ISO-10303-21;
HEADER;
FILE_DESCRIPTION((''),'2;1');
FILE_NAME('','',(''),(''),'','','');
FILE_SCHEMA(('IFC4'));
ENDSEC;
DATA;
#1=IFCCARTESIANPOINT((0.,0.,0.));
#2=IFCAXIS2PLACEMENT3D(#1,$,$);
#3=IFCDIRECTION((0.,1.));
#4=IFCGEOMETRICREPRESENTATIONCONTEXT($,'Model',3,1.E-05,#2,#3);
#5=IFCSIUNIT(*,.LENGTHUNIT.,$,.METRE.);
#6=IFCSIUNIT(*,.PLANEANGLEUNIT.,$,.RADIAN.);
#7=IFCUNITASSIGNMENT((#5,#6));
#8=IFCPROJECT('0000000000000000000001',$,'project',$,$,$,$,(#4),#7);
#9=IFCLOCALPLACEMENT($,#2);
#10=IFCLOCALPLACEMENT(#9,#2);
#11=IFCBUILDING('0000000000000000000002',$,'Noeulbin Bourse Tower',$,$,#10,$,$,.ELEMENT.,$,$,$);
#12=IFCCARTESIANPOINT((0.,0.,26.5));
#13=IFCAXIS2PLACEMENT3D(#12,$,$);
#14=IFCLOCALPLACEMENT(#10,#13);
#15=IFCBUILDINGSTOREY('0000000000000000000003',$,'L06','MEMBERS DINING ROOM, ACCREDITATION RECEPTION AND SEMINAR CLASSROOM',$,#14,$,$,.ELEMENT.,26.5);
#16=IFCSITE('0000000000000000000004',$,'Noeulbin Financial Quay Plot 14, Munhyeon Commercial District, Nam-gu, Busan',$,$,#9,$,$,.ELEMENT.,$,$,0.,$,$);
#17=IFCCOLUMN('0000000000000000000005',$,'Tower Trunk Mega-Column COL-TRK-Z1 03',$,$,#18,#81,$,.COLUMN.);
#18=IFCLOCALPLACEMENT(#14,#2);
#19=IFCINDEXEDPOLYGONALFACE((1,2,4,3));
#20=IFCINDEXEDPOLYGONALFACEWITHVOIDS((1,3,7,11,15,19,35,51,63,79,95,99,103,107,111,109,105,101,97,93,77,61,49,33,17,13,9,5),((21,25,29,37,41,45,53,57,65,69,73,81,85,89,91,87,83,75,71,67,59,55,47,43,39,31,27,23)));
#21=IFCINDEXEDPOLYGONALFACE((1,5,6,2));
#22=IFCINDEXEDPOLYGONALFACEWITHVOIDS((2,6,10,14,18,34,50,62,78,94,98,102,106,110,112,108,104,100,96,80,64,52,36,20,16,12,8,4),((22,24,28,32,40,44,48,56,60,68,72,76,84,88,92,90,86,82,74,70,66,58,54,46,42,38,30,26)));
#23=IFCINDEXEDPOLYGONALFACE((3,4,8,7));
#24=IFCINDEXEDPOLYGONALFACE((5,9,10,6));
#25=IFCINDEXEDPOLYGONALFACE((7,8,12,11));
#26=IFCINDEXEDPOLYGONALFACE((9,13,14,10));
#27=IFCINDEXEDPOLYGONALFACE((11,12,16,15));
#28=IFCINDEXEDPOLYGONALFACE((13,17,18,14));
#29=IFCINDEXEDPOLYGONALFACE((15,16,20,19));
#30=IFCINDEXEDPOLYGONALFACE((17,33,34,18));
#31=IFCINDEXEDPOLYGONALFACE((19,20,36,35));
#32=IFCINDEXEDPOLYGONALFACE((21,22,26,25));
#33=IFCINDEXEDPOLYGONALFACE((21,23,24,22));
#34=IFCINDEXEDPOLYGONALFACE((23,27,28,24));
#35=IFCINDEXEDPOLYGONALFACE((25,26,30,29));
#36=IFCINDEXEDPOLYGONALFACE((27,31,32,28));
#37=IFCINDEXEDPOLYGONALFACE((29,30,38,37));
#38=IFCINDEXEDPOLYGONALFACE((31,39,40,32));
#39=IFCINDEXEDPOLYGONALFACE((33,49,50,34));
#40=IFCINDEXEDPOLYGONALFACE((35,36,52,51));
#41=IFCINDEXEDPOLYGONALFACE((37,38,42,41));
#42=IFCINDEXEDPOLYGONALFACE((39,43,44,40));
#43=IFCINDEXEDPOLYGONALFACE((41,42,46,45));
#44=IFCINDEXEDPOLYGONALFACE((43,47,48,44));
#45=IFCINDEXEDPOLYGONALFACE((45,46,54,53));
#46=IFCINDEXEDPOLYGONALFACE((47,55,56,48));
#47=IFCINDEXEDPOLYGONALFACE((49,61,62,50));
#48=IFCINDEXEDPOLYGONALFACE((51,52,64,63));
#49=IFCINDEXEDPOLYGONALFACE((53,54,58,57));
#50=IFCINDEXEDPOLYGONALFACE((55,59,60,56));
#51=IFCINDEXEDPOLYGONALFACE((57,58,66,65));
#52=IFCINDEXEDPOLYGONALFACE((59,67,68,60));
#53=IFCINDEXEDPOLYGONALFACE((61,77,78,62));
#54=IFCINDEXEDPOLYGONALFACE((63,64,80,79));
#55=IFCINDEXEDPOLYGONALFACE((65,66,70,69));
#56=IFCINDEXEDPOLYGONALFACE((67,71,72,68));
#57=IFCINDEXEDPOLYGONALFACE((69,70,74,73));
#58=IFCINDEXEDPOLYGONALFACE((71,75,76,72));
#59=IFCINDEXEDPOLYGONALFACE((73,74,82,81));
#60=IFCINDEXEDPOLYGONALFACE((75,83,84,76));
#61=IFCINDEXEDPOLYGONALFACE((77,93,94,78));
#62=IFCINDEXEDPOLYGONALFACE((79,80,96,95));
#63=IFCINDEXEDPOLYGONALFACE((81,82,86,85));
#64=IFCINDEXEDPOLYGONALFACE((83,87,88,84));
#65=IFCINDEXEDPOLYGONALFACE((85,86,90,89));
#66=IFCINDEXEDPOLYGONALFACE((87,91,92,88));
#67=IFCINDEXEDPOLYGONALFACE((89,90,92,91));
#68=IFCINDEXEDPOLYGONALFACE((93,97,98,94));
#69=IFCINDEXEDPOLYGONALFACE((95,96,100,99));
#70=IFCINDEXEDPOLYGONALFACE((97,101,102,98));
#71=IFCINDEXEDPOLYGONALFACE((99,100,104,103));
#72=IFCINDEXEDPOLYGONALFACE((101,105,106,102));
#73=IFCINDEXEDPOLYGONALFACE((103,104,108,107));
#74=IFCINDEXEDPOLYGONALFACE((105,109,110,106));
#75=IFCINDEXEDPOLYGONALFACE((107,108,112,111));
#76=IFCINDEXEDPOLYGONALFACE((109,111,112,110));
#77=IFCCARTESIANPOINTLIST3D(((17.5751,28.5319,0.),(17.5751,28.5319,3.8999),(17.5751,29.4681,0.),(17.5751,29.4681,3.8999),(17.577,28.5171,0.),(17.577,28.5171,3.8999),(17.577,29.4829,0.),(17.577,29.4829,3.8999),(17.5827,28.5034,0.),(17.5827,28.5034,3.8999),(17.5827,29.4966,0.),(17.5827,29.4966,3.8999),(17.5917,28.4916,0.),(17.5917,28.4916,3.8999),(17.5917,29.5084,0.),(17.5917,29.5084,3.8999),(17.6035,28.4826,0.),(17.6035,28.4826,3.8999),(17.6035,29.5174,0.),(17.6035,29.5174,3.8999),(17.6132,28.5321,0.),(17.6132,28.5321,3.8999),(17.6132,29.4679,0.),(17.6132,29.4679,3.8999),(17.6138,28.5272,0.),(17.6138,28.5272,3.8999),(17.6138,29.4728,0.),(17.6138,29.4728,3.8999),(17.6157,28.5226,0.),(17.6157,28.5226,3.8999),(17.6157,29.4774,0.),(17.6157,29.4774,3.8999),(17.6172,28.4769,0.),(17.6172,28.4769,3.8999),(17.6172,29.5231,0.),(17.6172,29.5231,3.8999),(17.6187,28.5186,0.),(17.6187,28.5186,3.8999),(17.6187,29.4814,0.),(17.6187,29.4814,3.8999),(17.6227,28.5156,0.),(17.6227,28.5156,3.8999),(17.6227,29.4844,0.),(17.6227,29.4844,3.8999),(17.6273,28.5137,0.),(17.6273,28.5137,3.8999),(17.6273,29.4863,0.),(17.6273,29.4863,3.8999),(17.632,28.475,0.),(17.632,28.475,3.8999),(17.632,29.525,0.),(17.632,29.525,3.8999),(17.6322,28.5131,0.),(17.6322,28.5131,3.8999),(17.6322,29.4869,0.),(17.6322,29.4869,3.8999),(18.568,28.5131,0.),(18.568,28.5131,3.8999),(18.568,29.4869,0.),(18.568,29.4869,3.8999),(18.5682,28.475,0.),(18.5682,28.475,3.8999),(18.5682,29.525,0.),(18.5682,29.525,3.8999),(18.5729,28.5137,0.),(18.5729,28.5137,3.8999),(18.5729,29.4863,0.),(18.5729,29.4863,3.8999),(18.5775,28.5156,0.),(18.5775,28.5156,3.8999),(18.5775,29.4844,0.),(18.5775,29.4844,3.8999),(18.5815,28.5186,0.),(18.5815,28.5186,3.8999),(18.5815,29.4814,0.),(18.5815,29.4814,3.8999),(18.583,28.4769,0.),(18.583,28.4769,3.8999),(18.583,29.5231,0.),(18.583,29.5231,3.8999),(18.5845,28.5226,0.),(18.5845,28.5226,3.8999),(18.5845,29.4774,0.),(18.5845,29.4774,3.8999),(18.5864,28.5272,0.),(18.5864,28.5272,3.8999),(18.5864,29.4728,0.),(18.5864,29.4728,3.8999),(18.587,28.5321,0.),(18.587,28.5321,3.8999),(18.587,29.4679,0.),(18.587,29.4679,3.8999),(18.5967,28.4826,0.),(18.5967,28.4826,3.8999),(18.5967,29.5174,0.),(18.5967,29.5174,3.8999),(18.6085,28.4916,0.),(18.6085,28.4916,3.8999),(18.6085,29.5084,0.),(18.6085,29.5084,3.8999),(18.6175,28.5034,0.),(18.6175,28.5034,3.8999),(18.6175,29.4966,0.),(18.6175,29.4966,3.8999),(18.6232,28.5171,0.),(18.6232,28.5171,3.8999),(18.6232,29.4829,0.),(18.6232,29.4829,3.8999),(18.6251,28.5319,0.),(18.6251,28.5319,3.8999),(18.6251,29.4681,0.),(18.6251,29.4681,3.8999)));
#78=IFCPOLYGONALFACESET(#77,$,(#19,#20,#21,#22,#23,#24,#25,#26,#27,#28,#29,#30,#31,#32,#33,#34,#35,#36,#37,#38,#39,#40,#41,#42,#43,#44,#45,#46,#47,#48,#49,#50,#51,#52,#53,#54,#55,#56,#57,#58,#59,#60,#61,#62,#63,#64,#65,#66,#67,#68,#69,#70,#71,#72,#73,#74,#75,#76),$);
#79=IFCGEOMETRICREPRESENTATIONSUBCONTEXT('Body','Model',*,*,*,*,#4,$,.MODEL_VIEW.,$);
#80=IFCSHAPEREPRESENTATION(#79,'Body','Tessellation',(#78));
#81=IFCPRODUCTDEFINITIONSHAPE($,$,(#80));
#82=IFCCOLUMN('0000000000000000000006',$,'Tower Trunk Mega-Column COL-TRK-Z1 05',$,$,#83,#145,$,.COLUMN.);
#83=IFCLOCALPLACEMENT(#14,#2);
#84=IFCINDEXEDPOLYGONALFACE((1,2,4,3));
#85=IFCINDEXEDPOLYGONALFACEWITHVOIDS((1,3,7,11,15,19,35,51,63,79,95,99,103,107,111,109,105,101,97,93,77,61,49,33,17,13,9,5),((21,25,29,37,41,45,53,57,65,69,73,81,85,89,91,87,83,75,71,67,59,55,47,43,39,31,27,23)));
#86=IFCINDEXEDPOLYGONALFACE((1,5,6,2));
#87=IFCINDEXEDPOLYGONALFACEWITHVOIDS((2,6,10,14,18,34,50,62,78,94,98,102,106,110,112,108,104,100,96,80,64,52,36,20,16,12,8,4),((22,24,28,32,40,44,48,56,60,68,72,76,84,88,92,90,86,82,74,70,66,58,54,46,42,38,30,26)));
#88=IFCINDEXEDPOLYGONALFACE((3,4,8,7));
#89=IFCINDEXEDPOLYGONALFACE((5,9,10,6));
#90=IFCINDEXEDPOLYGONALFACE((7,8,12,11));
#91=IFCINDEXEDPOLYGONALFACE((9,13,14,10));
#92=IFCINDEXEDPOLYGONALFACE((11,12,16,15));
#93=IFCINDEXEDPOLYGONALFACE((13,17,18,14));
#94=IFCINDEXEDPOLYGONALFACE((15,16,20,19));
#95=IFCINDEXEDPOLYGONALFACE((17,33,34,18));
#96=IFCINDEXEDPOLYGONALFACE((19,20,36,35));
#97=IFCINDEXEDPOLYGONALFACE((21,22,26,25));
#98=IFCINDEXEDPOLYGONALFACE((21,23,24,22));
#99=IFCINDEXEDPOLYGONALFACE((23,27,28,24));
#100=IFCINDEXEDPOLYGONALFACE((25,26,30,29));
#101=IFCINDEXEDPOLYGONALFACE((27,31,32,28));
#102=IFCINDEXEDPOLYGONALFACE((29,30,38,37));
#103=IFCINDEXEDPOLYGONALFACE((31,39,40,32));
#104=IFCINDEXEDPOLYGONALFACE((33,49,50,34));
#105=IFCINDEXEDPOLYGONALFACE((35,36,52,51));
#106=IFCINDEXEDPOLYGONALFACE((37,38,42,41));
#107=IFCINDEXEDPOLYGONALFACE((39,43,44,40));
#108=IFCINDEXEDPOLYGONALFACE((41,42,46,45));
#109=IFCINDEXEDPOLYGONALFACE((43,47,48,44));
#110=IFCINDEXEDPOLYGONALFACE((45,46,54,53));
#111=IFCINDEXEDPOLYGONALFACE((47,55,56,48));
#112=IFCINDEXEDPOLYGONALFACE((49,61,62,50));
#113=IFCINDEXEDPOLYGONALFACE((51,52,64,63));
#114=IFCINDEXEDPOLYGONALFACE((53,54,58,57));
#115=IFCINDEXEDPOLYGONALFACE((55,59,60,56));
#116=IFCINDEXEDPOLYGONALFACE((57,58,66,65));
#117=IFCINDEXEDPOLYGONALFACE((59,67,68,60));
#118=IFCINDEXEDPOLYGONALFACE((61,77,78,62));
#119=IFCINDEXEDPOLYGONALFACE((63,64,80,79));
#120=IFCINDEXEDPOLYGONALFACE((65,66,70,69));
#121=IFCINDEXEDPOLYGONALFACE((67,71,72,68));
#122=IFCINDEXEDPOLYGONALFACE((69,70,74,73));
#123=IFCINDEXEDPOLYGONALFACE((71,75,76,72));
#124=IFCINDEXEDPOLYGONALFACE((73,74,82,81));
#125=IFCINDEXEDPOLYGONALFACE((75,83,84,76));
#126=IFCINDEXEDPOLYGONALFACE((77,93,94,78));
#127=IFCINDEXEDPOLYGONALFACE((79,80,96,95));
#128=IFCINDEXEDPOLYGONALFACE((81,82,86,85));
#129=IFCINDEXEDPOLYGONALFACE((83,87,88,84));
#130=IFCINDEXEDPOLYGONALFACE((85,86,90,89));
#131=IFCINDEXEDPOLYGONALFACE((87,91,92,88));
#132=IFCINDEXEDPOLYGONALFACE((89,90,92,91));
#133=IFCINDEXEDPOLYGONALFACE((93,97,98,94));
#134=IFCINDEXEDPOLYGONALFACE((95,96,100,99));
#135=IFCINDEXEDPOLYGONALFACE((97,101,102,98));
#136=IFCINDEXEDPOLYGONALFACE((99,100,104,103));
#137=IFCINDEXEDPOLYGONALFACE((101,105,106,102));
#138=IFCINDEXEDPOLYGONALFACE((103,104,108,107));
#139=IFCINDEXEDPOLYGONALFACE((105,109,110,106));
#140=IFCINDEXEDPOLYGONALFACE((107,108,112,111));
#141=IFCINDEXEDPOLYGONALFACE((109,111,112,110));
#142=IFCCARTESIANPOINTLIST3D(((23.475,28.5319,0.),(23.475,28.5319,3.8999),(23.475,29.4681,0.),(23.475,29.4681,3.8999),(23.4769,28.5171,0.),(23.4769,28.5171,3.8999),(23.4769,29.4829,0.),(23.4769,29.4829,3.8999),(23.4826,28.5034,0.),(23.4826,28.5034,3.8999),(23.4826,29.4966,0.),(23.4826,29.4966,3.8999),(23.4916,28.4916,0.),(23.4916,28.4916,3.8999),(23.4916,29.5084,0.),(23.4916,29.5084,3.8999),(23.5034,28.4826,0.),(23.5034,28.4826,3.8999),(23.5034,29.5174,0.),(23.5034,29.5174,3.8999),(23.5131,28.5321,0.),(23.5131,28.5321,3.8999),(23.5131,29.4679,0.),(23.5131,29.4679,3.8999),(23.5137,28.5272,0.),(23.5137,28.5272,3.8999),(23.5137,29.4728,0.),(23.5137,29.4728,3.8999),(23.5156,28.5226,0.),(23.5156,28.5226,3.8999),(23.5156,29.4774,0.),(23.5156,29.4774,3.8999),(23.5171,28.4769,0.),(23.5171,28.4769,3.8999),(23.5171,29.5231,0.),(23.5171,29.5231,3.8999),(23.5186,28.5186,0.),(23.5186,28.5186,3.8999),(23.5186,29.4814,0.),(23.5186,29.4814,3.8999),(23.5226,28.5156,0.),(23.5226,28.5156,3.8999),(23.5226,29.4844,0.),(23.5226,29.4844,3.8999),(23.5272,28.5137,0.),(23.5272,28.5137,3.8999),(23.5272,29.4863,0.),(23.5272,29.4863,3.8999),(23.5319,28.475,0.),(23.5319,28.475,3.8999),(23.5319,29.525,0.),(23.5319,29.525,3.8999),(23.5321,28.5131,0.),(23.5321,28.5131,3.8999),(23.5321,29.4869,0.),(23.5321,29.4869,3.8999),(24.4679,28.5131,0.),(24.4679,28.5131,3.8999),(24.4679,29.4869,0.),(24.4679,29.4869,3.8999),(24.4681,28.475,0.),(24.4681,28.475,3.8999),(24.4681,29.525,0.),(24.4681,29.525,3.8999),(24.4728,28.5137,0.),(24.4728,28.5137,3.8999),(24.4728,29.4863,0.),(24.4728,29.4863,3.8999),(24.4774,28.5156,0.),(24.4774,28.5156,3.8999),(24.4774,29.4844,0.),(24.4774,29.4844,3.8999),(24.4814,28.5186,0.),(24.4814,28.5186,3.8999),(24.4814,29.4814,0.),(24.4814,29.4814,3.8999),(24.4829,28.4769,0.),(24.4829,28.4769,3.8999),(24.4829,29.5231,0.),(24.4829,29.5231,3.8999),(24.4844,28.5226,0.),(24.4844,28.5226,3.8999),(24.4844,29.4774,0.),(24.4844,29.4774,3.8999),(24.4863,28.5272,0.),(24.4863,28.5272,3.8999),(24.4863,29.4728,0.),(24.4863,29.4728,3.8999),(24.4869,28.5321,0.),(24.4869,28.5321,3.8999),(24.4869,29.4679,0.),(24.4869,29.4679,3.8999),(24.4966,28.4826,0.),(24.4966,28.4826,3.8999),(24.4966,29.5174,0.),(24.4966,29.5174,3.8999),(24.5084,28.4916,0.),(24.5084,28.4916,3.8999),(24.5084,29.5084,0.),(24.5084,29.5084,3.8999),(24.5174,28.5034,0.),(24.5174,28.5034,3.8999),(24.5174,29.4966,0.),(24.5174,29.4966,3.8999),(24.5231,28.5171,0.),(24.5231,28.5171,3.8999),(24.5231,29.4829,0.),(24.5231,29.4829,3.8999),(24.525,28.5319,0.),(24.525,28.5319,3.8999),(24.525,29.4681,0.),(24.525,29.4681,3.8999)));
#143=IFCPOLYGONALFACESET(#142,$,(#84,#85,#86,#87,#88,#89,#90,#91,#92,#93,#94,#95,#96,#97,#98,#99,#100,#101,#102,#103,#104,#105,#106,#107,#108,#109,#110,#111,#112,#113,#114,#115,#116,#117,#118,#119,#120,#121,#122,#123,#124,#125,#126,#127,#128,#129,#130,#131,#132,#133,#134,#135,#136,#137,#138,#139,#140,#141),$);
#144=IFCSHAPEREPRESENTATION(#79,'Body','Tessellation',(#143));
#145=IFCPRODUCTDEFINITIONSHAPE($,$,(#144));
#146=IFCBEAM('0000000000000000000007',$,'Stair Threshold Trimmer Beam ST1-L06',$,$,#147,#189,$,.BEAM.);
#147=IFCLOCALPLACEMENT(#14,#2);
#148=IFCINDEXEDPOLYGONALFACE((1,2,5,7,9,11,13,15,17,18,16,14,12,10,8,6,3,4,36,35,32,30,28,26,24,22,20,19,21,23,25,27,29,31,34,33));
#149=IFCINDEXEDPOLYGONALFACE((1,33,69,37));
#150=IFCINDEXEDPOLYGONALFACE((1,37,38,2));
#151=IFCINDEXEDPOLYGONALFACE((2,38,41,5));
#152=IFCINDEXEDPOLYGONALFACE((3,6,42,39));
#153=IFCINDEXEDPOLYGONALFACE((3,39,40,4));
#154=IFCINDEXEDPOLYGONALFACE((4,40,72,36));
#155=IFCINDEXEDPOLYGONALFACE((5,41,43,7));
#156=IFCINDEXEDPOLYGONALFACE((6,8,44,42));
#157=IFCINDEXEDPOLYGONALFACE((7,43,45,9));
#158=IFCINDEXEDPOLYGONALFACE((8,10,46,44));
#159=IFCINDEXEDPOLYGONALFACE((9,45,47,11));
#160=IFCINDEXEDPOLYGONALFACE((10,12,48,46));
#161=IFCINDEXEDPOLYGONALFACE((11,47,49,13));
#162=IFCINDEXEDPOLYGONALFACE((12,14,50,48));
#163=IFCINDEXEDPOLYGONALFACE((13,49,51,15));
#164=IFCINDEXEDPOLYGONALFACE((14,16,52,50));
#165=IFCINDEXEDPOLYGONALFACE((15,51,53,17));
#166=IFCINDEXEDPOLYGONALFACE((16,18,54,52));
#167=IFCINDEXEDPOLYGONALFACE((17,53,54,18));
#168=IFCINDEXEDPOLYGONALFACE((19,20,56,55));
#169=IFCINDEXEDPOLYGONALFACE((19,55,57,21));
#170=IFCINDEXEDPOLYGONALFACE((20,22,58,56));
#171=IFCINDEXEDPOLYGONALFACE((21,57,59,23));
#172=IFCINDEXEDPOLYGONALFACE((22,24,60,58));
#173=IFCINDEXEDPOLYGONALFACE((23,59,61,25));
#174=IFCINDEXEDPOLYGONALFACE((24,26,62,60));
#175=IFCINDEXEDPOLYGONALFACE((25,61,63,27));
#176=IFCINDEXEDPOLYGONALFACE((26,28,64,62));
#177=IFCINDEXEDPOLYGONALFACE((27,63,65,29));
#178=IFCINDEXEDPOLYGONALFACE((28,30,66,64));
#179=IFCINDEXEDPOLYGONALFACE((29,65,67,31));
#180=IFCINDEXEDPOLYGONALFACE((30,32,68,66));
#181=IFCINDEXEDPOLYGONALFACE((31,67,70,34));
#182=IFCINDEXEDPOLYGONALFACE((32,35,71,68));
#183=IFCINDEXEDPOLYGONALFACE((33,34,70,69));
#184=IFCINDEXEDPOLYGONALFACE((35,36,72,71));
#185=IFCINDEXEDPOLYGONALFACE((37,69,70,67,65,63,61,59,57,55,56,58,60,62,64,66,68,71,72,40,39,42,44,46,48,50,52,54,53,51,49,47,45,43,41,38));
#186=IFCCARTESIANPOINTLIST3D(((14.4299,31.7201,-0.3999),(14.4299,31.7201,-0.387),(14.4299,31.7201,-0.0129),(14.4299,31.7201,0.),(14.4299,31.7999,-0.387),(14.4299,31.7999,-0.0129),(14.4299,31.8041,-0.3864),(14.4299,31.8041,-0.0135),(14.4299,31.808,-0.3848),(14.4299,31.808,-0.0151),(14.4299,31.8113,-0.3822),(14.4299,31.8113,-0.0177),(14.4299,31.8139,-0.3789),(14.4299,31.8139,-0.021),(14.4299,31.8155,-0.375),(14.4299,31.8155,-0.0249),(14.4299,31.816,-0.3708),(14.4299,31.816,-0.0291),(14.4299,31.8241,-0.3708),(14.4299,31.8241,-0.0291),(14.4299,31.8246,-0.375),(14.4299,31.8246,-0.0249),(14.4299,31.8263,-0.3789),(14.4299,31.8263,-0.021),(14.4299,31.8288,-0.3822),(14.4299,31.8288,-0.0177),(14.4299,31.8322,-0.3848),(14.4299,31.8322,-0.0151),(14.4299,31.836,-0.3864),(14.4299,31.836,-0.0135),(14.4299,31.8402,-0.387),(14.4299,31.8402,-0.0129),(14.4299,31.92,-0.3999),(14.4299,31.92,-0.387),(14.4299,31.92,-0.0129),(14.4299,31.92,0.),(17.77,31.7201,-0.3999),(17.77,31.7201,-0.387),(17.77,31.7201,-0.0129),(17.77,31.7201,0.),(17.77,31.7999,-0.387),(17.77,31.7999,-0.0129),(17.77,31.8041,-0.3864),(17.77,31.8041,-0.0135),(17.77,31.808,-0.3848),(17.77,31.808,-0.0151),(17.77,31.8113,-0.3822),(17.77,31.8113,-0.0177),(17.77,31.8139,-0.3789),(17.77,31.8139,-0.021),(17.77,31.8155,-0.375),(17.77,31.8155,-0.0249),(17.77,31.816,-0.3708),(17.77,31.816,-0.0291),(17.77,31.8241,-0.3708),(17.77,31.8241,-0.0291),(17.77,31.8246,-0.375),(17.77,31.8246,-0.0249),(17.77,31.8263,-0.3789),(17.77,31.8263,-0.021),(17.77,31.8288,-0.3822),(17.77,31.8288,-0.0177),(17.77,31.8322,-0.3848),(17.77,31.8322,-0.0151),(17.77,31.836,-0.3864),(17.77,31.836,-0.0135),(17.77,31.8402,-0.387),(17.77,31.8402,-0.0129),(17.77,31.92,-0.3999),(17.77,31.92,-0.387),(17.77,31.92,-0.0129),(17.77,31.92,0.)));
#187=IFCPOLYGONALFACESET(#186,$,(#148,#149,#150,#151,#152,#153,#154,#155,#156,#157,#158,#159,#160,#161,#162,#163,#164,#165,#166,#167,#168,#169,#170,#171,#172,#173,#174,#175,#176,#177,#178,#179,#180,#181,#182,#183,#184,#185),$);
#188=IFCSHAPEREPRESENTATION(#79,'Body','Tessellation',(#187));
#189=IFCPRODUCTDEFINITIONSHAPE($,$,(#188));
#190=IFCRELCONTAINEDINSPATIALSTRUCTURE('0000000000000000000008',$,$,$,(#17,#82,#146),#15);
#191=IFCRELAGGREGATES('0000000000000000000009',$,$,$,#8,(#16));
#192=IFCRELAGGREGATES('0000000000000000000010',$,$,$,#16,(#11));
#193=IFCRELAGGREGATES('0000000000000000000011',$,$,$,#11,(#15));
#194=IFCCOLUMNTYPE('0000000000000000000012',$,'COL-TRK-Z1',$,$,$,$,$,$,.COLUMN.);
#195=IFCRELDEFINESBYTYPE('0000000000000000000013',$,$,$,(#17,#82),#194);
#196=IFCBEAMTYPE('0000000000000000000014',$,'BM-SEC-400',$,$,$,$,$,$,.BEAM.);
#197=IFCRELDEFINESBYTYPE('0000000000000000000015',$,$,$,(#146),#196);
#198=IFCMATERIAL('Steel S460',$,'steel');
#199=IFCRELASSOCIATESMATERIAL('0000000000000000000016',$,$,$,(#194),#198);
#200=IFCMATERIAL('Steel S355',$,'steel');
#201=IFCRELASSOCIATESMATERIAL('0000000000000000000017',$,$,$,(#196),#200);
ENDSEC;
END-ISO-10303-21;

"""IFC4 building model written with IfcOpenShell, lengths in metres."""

from ifc_helpers import new_model, si_unit, direction, frame, origin, origin_2d, place, context, subcontext, project, spatial, hollow_rectangle, i_section, extrude, material, material_profile, profile_set, type_object, element, save


model = new_model("IFC4")

# Units and contexts
model_context = context("Model", 3, precision=1e-05, world=origin(), true_north=direction((0.0, 1.0)))
body_context = subcontext(model_context, "Body", "Model", "MODEL_VIEW")
ifc_project = project(units=[si_unit("LENGTHUNIT", "METRE"), si_unit("PLANEANGLEUNIT", "RADIAN")], contexts=[model_context])

# Site, building, storey
site_placement = place(None, origin())
site = spatial("IfcSite", under=ifc_project, at=site_placement, Name="Noeulbin Financial Quay Plot 14, Munhyeon Commercial District, Nam-gu, Busan", CompositionType="ELEMENT", RefElevation=0.0)
building_placement = place(site_placement, origin())
building = spatial("IfcBuilding", under=site, at=building_placement, Name="Noeulbin Bourse Tower", CompositionType="ELEMENT")
storey_placement = place(building_placement, frame((0.0, 0.0, 26.5)))
storey = spatial("IfcBuildingStorey", under=building, at=storey_placement, Name="L06", Description="MEMBERS DINING ROOM, ACCREDITATION RECEPTION AND SEMINAR CLASSROOM", CompositionType="ELEMENT", Elevation=26.5)

# Columns
ifc_material_1 = material(Name="Steel S460", Category="steel")
ifc_material_profile_1 = material_profile(ifc_material_1, hollow_rectangle(XDim=1.05, YDim=1.05, WallThickness=0.0381, InnerFilletRadius=0.019, OuterFilletRadius=0.0569, at=origin_2d()), Name="BOX-1050x1050x38", Category="LoadBearing")
ifc_profile_set_1 = profile_set([ifc_material_profile_1], Name="Steel S460")
column_type = type_object("IfcColumnType", Name="COL-TRK-Z1", PredefinedType="COLUMN", material=ifc_profile_set_1)
for number, where, z_axis, x_axis, name in (
    (1, (18.1001, 29.0, 0.0), (0.0, 0.0, 1.0), (1.0, 0.0, 0.0), "Tower Trunk Mega-Column COL-TRK-Z1 03"),
    (2, (24.0, 29.0, 0.0), (0.0, 0.0, 1.0), (1.0, 0.0, 0.0), "Tower Trunk Mega-Column COL-TRK-Z1 05"),
):
    element("IfcColumn", number, at=place(storey_placement, frame(where, z_axis=z_axis, x_axis=x_axis)), inside=storey, type_object=column_type, Name=name, PredefinedType="COLUMN", context=body_context, shape_type="SweptSolid", body=[
        extrude(hollow_rectangle(XDim=1.05, YDim=1.05, WallThickness=0.0381, InnerFilletRadius=0.019, OuterFilletRadius=0.0569, at=origin_2d()), origin(), (0.0, 0.0, 1.0), 3.8999),
    ])

# Beam
ifc_material_2 = material(Name="Steel S355", Category="steel")
ifc_material_profile_2 = material_profile(ifc_material_2, i_section(OverallWidth=0.2, OverallDepth=0.3999, WebThickness=0.0081, FlangeThickness=0.0129, FilletRadius=0.0161, at=origin_2d()), Name="H-400x200x8x13", Category="LoadBearing")
ifc_profile_set_2 = profile_set([ifc_material_profile_2], Name="Steel S355")
beam_type = type_object("IfcBeamType", Name="BM-SEC-400", PredefinedType="BEAM", material=ifc_profile_set_2)
beam_placement = place(storey_placement, frame((14.4299, 31.8201, -0.2), z_axis=(1.0, 0.0, 0.0), x_axis=(0.0, 1.0, 0.0)))
element("IfcBeam", 3, at=beam_placement, inside=storey, type_object=beam_type, Name="Stair Threshold Trimmer Beam ST1-L06", PredefinedType="BEAM", context=body_context, shape_type="SweptSolid", body=[
    extrude(i_section(OverallWidth=0.2, OverallDepth=0.3999, WebThickness=0.0081, FlangeThickness=0.0129, FilletRadius=0.0161, at=origin_2d()), origin(), (0.0, 0.0, 1.0), 3.3401),
])

save(model, "model.ifc")
